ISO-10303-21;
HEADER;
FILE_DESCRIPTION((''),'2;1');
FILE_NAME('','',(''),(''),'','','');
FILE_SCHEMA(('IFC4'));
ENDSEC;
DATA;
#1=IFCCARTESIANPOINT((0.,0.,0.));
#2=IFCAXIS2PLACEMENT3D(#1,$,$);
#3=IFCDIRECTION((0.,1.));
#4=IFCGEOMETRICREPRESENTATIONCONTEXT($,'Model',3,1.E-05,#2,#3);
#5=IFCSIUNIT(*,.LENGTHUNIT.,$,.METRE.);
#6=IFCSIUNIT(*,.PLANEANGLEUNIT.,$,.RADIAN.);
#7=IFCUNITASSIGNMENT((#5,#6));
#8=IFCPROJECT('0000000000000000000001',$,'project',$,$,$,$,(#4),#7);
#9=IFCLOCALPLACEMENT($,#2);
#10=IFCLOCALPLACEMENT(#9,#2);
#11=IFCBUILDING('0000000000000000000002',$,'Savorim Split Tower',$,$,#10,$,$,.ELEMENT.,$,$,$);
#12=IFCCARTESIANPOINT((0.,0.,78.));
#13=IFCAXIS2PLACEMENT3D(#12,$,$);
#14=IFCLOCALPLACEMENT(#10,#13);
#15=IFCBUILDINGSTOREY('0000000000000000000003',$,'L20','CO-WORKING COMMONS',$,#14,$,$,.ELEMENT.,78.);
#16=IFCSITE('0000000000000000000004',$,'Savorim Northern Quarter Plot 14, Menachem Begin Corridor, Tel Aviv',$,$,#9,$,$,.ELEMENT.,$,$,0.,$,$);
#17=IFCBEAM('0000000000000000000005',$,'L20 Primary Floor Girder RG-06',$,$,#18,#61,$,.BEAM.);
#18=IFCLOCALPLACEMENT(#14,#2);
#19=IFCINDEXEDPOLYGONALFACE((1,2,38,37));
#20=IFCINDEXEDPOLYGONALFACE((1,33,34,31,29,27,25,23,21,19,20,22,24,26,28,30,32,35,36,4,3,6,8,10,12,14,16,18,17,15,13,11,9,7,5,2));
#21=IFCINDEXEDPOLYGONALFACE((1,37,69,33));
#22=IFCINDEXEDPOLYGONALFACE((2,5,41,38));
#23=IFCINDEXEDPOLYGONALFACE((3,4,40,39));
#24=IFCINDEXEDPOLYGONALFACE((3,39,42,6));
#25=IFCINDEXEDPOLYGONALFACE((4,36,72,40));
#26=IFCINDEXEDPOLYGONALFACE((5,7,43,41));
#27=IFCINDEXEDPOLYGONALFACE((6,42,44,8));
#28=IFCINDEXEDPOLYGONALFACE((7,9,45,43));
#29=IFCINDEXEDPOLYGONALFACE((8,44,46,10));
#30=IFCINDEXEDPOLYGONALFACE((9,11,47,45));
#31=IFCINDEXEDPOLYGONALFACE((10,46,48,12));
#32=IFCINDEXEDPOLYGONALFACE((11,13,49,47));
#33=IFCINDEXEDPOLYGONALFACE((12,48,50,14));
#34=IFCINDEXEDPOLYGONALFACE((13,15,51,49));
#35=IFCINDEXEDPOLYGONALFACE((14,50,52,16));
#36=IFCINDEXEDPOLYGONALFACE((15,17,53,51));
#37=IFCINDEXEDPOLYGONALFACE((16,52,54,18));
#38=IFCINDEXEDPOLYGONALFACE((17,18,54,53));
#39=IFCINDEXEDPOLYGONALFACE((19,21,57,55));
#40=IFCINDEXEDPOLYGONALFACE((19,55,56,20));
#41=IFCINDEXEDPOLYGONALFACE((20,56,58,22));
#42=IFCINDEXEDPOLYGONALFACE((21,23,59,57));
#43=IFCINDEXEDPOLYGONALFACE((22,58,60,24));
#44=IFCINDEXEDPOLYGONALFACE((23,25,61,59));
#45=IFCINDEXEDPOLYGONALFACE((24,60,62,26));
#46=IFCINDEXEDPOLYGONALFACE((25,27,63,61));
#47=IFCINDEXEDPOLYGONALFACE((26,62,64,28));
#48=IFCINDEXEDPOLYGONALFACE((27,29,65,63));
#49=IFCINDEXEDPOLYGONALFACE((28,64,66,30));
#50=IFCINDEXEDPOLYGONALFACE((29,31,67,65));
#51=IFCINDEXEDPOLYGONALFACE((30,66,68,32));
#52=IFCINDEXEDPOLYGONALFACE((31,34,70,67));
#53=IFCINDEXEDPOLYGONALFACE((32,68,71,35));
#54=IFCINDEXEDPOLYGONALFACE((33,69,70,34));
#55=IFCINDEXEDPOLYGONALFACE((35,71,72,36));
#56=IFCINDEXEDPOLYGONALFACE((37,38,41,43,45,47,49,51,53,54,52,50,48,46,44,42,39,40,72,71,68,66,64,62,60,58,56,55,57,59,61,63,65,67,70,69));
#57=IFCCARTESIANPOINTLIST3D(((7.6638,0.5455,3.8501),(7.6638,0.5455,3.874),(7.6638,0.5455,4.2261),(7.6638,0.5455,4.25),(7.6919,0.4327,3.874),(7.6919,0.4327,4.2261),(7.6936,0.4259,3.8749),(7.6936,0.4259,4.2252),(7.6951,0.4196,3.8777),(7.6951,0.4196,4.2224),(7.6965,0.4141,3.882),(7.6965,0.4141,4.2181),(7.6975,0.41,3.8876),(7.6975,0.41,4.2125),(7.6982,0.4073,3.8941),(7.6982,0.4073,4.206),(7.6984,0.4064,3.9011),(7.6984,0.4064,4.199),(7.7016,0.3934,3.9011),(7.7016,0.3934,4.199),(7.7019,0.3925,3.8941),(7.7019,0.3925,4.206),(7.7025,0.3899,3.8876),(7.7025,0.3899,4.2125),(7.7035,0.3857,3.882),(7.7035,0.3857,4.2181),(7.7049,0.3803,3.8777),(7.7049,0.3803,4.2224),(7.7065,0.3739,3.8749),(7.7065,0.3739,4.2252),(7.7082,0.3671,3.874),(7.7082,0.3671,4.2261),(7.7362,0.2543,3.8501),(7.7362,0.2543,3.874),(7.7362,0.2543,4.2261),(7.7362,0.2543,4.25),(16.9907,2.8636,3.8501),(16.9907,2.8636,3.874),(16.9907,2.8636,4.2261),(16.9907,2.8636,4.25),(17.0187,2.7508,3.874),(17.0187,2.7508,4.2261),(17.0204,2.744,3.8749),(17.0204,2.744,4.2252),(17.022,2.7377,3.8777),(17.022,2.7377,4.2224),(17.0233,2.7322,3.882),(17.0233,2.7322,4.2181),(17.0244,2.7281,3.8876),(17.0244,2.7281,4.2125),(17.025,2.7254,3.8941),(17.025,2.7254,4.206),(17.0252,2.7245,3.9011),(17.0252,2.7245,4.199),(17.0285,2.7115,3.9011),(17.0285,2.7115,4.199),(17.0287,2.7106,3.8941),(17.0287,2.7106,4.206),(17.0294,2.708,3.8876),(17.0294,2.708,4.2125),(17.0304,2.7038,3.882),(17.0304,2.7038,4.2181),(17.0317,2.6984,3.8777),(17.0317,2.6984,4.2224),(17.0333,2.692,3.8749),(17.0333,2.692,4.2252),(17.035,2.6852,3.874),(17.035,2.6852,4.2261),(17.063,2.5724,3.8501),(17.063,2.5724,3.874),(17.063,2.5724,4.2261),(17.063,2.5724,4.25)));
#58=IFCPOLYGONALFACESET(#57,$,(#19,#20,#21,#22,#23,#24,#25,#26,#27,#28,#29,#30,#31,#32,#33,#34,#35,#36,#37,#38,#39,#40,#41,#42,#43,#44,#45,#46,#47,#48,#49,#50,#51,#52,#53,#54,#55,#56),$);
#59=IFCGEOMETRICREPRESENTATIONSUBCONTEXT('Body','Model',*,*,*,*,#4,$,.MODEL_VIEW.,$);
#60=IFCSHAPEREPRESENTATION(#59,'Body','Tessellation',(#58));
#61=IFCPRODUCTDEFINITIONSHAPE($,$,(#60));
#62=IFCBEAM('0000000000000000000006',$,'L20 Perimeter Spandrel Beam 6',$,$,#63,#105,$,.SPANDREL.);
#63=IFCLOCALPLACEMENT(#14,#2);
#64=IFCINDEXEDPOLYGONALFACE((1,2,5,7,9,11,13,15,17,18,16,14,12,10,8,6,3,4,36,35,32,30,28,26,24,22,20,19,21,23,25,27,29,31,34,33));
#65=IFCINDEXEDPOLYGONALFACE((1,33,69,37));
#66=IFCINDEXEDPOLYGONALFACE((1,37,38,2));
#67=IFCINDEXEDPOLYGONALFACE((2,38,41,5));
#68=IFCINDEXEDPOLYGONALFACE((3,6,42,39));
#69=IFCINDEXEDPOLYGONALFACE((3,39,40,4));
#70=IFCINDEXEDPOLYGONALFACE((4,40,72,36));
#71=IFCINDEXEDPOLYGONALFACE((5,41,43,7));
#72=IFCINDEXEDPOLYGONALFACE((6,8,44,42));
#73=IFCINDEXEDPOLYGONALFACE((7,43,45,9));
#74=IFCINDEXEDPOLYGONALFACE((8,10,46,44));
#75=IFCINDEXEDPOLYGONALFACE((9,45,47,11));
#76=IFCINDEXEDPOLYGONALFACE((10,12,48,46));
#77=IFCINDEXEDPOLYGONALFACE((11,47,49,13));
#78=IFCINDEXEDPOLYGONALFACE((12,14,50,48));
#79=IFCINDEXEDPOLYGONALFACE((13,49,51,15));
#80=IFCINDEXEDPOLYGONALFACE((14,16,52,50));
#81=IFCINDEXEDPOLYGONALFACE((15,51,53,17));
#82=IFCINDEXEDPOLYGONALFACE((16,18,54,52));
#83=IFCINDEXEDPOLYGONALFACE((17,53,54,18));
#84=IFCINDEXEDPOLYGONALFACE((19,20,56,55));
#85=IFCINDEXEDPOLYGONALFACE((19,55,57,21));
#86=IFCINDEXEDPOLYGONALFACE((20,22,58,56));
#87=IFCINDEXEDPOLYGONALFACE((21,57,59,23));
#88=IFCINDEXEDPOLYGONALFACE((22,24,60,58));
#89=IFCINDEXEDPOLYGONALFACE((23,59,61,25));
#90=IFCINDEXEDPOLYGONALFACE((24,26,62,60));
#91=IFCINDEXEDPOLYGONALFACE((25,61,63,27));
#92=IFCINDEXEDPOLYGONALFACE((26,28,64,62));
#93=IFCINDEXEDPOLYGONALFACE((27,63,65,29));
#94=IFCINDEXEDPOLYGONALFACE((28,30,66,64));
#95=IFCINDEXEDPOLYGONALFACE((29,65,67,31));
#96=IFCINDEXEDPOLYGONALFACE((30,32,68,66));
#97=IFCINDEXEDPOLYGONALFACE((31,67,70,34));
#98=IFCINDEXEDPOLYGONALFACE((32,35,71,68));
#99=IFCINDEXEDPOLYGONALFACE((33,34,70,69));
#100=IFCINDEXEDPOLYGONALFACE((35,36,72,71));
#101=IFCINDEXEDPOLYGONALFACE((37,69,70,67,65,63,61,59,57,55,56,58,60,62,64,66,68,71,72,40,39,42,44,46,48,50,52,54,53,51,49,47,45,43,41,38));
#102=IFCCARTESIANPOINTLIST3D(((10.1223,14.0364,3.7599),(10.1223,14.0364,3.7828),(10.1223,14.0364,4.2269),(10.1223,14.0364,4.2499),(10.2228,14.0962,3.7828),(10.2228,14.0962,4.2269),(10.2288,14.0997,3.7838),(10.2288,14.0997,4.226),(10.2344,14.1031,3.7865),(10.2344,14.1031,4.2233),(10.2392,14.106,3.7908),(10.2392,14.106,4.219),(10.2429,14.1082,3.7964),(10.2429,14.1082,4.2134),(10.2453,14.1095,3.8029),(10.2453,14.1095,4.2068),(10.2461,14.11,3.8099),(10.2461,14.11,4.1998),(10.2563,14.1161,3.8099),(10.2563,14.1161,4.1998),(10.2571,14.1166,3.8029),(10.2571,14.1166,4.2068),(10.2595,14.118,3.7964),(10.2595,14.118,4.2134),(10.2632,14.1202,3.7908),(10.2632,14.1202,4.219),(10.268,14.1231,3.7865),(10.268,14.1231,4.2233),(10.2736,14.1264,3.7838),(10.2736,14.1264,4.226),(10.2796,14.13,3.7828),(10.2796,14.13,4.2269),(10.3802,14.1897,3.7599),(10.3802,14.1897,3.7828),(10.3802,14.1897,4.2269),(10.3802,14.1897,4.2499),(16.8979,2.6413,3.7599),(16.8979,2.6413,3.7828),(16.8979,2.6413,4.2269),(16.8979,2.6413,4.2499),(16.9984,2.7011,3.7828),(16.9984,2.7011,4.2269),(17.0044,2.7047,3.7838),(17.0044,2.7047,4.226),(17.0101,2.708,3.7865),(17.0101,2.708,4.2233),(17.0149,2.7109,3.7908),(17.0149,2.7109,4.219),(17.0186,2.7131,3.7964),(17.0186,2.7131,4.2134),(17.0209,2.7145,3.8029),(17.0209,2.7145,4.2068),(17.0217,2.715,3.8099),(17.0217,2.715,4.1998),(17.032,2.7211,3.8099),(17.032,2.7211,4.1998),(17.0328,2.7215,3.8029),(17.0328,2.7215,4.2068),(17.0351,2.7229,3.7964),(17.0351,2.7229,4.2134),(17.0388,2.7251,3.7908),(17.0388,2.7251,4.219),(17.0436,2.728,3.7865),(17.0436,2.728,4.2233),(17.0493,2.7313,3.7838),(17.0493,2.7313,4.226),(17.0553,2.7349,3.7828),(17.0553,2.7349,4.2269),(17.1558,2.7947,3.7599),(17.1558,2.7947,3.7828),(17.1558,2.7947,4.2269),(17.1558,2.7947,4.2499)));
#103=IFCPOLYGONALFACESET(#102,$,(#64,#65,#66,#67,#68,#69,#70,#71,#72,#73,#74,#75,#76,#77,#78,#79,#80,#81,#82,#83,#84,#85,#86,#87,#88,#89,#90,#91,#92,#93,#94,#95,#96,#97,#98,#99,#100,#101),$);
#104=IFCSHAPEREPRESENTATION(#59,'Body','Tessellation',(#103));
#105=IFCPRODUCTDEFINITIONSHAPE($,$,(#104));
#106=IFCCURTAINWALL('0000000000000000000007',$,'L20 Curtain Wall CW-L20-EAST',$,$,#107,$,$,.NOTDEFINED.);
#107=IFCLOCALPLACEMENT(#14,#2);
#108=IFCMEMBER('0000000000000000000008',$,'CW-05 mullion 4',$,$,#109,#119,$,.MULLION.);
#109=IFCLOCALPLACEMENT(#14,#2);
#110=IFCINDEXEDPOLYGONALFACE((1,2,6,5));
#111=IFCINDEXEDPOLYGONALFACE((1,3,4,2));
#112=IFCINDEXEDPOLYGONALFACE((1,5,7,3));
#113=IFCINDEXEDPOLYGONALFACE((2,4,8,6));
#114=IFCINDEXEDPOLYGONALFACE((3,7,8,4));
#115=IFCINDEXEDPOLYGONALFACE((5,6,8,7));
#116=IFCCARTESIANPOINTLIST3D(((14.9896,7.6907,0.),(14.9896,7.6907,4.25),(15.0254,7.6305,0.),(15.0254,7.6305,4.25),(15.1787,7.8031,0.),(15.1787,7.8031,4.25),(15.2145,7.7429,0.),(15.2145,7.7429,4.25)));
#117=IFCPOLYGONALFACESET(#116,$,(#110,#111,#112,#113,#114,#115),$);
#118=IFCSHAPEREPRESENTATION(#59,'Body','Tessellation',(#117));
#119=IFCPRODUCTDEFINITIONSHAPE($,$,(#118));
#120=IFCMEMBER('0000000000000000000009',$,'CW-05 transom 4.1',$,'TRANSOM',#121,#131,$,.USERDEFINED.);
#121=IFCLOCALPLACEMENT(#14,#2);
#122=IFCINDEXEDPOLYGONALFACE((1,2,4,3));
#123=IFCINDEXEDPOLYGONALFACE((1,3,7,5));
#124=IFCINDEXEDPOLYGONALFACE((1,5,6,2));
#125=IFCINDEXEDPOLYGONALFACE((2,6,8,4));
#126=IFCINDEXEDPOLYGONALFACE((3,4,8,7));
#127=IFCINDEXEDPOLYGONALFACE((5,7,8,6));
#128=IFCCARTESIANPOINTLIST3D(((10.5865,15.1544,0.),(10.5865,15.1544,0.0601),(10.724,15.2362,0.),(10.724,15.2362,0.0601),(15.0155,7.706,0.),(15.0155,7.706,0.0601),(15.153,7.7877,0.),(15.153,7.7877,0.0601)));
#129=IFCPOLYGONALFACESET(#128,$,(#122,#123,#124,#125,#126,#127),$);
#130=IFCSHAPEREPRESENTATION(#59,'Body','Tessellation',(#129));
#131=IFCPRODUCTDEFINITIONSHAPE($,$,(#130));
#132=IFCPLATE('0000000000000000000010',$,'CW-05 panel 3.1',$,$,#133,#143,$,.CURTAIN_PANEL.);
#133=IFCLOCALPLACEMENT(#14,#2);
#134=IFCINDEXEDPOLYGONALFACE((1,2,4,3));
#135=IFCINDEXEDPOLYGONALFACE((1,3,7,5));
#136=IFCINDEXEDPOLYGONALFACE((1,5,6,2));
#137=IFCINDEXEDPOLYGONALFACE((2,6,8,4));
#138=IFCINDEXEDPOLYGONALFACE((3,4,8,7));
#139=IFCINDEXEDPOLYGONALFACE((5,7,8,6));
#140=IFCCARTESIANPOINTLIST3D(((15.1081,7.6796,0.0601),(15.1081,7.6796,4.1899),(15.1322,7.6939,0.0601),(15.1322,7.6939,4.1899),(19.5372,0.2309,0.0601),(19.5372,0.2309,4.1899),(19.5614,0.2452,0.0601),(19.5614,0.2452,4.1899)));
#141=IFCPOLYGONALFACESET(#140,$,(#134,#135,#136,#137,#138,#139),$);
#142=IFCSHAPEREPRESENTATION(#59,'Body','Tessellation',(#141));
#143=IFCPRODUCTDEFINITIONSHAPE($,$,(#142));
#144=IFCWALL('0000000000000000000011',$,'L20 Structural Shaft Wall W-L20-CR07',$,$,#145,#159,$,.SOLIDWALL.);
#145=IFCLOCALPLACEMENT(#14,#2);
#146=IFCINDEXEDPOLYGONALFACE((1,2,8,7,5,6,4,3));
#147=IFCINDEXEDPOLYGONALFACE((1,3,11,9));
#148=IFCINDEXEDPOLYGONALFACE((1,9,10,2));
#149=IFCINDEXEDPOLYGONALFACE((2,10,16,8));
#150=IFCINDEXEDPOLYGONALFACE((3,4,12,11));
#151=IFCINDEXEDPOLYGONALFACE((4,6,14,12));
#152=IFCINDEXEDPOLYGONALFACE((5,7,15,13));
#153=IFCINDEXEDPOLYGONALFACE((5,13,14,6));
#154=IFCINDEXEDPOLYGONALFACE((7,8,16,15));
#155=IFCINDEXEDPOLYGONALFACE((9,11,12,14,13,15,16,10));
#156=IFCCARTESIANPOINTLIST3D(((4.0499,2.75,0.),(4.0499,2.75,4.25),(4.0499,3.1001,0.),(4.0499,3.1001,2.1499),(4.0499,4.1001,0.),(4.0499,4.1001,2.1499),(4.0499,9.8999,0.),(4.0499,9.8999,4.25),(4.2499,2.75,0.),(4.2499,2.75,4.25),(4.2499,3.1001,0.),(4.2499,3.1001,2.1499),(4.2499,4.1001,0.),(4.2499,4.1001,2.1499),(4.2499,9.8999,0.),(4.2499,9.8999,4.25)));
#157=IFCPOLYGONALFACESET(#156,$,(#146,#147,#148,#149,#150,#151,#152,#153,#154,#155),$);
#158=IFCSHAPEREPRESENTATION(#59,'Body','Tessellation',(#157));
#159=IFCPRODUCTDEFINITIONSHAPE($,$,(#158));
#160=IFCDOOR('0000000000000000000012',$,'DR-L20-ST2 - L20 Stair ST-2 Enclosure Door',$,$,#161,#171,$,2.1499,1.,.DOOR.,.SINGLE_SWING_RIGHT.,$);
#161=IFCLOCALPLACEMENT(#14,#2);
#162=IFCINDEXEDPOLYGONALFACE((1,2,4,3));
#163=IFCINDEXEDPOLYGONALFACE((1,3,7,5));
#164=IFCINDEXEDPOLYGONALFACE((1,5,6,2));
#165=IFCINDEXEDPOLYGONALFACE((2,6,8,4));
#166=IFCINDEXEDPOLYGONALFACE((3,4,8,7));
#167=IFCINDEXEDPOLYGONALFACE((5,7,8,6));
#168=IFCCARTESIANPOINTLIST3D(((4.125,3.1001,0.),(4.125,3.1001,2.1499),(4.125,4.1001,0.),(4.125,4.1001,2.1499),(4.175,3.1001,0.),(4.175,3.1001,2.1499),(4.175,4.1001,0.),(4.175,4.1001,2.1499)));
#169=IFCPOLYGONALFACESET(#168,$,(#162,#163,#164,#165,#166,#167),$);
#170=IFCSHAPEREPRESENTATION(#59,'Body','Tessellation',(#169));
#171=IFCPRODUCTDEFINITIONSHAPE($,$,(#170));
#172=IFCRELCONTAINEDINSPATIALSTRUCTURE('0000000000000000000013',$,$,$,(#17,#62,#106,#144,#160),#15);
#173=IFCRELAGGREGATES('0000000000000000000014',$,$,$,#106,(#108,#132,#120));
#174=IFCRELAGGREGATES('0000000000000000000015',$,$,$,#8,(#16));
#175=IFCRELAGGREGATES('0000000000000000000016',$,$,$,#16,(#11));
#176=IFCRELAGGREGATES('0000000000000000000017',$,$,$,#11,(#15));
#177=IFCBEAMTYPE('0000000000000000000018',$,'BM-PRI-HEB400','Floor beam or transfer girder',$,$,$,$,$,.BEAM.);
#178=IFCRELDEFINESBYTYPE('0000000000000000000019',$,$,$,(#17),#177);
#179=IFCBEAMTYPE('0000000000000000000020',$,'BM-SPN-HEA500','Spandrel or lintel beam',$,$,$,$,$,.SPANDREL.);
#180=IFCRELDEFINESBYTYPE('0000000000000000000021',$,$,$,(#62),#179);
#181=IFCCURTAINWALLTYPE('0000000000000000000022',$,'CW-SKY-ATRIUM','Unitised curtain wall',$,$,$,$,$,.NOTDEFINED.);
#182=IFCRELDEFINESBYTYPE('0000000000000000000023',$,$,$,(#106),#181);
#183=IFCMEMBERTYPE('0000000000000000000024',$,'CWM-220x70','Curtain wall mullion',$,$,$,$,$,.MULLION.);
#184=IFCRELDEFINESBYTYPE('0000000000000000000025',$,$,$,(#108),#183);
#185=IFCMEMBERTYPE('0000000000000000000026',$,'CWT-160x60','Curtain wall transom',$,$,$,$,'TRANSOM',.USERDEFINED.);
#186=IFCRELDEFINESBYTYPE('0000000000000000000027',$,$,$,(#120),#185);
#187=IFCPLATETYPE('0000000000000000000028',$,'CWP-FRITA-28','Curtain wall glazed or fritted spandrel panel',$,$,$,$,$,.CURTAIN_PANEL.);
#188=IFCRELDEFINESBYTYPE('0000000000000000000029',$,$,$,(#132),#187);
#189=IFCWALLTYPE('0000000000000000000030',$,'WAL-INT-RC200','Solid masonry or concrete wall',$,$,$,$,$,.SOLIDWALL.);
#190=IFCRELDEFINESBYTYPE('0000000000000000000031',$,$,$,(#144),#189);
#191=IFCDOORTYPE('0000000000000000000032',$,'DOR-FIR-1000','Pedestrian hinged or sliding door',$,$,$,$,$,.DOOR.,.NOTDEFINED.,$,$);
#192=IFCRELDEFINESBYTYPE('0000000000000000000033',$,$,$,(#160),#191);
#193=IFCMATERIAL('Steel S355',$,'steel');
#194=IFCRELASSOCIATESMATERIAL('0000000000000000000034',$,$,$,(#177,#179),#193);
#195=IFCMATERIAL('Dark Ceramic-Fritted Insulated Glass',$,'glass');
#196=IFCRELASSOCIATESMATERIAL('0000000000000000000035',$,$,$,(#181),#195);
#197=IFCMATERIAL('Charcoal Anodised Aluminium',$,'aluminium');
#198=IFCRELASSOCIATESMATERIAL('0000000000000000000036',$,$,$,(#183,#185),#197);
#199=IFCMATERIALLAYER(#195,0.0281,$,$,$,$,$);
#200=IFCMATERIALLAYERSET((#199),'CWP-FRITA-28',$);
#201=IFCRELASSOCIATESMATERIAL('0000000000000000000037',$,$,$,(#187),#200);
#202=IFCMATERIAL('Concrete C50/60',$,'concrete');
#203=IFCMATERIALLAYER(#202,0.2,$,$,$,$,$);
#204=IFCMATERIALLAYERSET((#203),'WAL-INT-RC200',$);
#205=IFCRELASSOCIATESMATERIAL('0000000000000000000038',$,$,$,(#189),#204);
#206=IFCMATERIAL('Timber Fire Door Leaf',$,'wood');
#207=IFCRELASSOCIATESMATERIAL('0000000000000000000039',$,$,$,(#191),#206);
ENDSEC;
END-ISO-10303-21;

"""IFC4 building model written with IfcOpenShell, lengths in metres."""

from ifc_helpers import new_model, si_unit, direction, frame, frame_2d, origin, origin_2d, place, context, subcontext, project, spatial, rectangle, i_section, extrude, material, layer, layer_set, material_profile, profile_set, type_object, element, fill, aggregate, save


model = new_model("IFC4")

# Units and contexts
model_context = context("Model", 3, precision=1e-05, world=origin(), true_north=direction((0.0, 1.0)))
body_context = subcontext(model_context, "Body", "Model", "MODEL_VIEW")
ifc_project = project(units=[si_unit("LENGTHUNIT", "METRE"), si_unit("PLANEANGLEUNIT", "RADIAN")], contexts=[model_context])

# Site, building, storey
site_placement = place(None, origin())
site = spatial("IfcSite", under=ifc_project, at=site_placement, Name="Savorim Northern Quarter Plot 14, Menachem Begin Corridor, Tel Aviv", CompositionType="ELEMENT", RefElevation=0.0)
building_placement = place(site_placement, origin())
building = spatial("IfcBuilding", under=site, at=building_placement, Name="Savorim Split Tower", CompositionType="ELEMENT")
storey_placement = place(building_placement, frame((0.0, 0.0, 78.0)))
storey = spatial("IfcBuildingStorey", under=building, at=storey_placement, Name="L20", Description="CO-WORKING COMMONS", CompositionType="ELEMENT", Elevation=78.0)

# Beams
ifc_material_1 = material(Name="Steel S355", Category="steel")
ifc_material_profile_1 = material_profile(ifc_material_1, i_section(OverallWidth=0.3, OverallDepth=0.3999, WebThickness=0.0134, FlangeThickness=0.0239, FilletRadius=0.0271, at=origin_2d()), Name="HEB 400")
ifc_profile_set_1 = profile_set([ifc_material_profile_1], Name="Steel S355")
beam_type_1 = type_object("IfcBeamType", Name="BM-PRI-HEB400", Description="Floor beam or transfer girder", PredefinedType="BEAM", material=ifc_profile_set_1)
beam_1_placement = place(storey_placement, frame((17.0269, 2.718, 4.05), z_axis=(-0.970475, -0.241202, 0.0), x_axis=(0.241202, -0.970475, 0.0)))
element("IfcBeam", 1, at=beam_1_placement, inside=storey, type_object=beam_type_1, Name="L20 Primary Floor Girder RG-06", PredefinedType="BEAM", context=body_context, shape_type="SweptSolid", body=[
    extrude(i_section(OverallWidth=0.3, OverallDepth=0.3999, WebThickness=0.0134, FlangeThickness=0.0239, FilletRadius=0.0271, at=origin_2d()), origin(), (0.0, 0.0, 1.0), 9.6106),
])
ifc_material_profile_2 = material_profile(ifc_material_1, i_section(OverallWidth=0.3, OverallDepth=0.49, WebThickness=0.012, FlangeThickness=0.0229, FilletRadius=0.0271, at=origin_2d()), Name="HEA 500")
ifc_profile_set_2 = profile_set([ifc_material_profile_2], Name="Steel S355")
beam_type_2 = type_object("IfcBeamType", Name="BM-SPN-HEA500", Description="Spandrel or lintel beam", PredefinedType="SPANDREL", material=ifc_profile_set_2)
beam_2_placement = place(storey_placement, frame((17.0269, 2.718, 4.0049), z_axis=(-0.511088, 0.859529, 0.0), x_axis=(-0.859529, -0.511088, 0.0)))
element("IfcBeam", 2, at=beam_2_placement, inside=storey, type_object=beam_type_2, Name="L20 Perimeter Spandrel Beam 6", PredefinedType="SPANDREL", context=body_context, shape_type="SweptSolid", body=[
    extrude(i_section(OverallWidth=0.3, OverallDepth=0.49, WebThickness=0.012, FlangeThickness=0.0229, FilletRadius=0.0271, at=origin_2d()), origin(), (0.0, 0.0, 1.0), 13.2573),
])

# Curtain wall, members, plate
ifc_material_2 = material(Name="Dark Ceramic-Fritted Insulated Glass", Category="glass")
curtain_wall_type = type_object("IfcCurtainWallType", Name="CW-SKY-ATRIUM", Description="Unitised curtain wall", PredefinedType="NOTDEFINED", material=ifc_material_2)
curtain_wall_placement = place(storey_placement, origin())
curtain_wall = element("IfcCurtainWall", 3, at=curtain_wall_placement, inside=storey, type_object=curtain_wall_type, Name="L20 Curtain Wall CW-L20-EAST", PredefinedType="NOTDEFINED")
ifc_material_3 = material(Name="Charcoal Anodised Aluminium", Category="aluminium")
ifc_material_profile_3 = material_profile(ifc_material_3, rectangle(XDim=0.22, YDim=0.0701, at=origin_2d()), Name="ALU-M 220x70")
ifc_profile_set_3 = profile_set([ifc_material_profile_3], Name="Charcoal Anodised Aluminium")
member_type_1 = type_object("IfcMemberType", Name="CWM-220x70", Description="Curtain wall mullion", PredefinedType="MULLION", material=ifc_profile_set_3)
member_1_placement = place(storey_placement, frame((15.1021, 7.7168, 0.0), z_axis=(0.0, 0.0, 1.0), x_axis=(-0.859525, -0.511093, 0.0)))
member_1 = element("IfcMember", 4, at=member_1_placement, type_object=member_type_1, Name="CW-05 mullion 4", PredefinedType="MULLION", context=body_context, shape_type="SweptSolid", body=[
    extrude(rectangle(XDim=0.22, YDim=0.0701, at=origin_2d()), origin(), (0.0, 0.0, 1.0), 4.25),
])
ifc_material_profile_4 = material_profile(ifc_material_3, rectangle(XDim=0.1599, YDim=0.0601, at=origin_2d()), Name="ALU-T 160x60")
ifc_profile_set_4 = profile_set([ifc_material_profile_4], Name="Charcoal Anodised Aluminium")
member_type_2 = type_object("IfcMemberType", Name="CWT-160x60", Description="Curtain wall transom", ElementType="TRANSOM", PredefinedType="USERDEFINED", material=ifc_profile_set_4)
member_2_placement = place(storey_placement, frame((15.0842, 7.7468, 0.03), z_axis=(-0.511086, 0.85953, 0.0), x_axis=(-0.85953, -0.511086, 0.0)))
member_2 = element("IfcMember", 5, at=member_2_placement, type_object=member_type_2, Name="CW-05 transom 4.1", ObjectType="TRANSOM", PredefinedType="USERDEFINED", context=body_context, shape_type="SweptSolid", body=[
    extrude(rectangle(XDim=0.1599, YDim=0.0601, at=origin_2d()), origin(), (0.0, 0.0, 1.0), 8.6658),
])
ifc_layer_1 = layer(ifc_material_2, 0.0281)
ifc_layer_set_1 = layer_set([ifc_layer_1], Name="CWP-FRITA-28")
plate_type = type_object("IfcPlateType", Name="CWP-FRITA-28", Description="Curtain wall glazed or fritted spandrel panel", PredefinedType="CURTAIN_PANEL", material=ifc_layer_set_1)
plate_placement = place(storey_placement, frame((17.3347, 3.9624, 0.0601), z_axis=(0.0, 0.0, 1.0), x_axis=(-0.511093, 0.859525, 0.0)))
plate = element("IfcPlate", 6, at=plate_placement, type_object=plate_type, Name="CW-05 panel 3.1", PredefinedType="CURTAIN_PANEL", context=body_context, shape_type="SweptSolid", body=[
    extrude(rectangle(XDim=8.666, YDim=0.0281, at=origin_2d()), origin(), (0.0, 0.0, 1.0), 4.1299),
])
aggregate(curtain_wall, [member_1, plate, member_2])

# Wall, opening, door
ifc_material_4 = material(Name="Concrete C50/60", Category="concrete")
ifc_layer_2 = layer(ifc_material_4, 0.2)
ifc_layer_set_2 = layer_set([ifc_layer_2], Name="WAL-INT-RC200")
wall_type = type_object("IfcWallType", Name="WAL-INT-RC200", Description="Solid masonry or concrete wall", PredefinedType="SOLIDWALL", material=ifc_layer_set_2)
wall_1_placement = place(storey_placement, frame((4.1499, 2.75, 0.0), z_axis=(0.0, 0.0, 1.0), x_axis=(0.0, 1.0, 0.0)))
wall_1 = element("IfcWall", 7, at=wall_1_placement, inside=storey, type_object=wall_type, Name="L20 Structural Shaft Wall W-L20-CR07", PredefinedType="SOLIDWALL", context=body_context, shape_type="SweptSolid", body=[
    extrude(rectangle(XDim=7.1499, YDim=0.2, at=frame_2d((3.575, 0.0))), origin(), (0.0, 0.0, 1.0), 4.25),
])
opening_1_placement = place(wall_1_placement, frame((0.3501, 0.0, 0.0)))
opening_1 = element("IfcOpeningElement", 8, at=opening_1_placement, cuts=wall_1, PredefinedType="OPENING", context=body_context, shape_type="SweptSolid", body=[
    extrude(rectangle(XDim=1.0, YDim=2.1499, at=frame_2d((0.5, 1.075))), frame((0.0, 0.1099, 0.0), z_axis=(0.0, -1.0, 0.0), x_axis=(1.0, 0.0, 0.0)), (0.0, 0.0, 1.0), 0.22),
])
ifc_material_5 = material(Name="Timber Fire Door Leaf", Category="wood")
door_type_1 = type_object("IfcDoorType", Name="DOR-FIR-1000", Description="Pedestrian hinged or sliding door", OperationType="NOTDEFINED", PredefinedType="DOOR", material=ifc_material_5)
door_1_placement = place(opening_1_placement, origin())
door_1 = element("IfcDoor", 9, at=door_1_placement, inside=storey, type_object=door_type_1, Name="DR-L20-ST2 - L20 Stair ST-2 Enclosure Door", OperationType="SINGLE_SWING_RIGHT", OverallHeight=2.1499, OverallWidth=1.0, PredefinedType="DOOR", context=body_context, shape_type="SweptSolid", body=[
    extrude(rectangle(XDim=1.0, YDim=2.1499, at=frame_2d((0.5, 1.075))), frame((0.0, 0.0249, 0.0), z_axis=(0.0, -1.0, 0.0), x_axis=(1.0, 0.0, 0.0)), (0.0, 0.0, 1.0), 0.05),
])
fill(opening_1, door_1)

save(model, "model.ifc")
